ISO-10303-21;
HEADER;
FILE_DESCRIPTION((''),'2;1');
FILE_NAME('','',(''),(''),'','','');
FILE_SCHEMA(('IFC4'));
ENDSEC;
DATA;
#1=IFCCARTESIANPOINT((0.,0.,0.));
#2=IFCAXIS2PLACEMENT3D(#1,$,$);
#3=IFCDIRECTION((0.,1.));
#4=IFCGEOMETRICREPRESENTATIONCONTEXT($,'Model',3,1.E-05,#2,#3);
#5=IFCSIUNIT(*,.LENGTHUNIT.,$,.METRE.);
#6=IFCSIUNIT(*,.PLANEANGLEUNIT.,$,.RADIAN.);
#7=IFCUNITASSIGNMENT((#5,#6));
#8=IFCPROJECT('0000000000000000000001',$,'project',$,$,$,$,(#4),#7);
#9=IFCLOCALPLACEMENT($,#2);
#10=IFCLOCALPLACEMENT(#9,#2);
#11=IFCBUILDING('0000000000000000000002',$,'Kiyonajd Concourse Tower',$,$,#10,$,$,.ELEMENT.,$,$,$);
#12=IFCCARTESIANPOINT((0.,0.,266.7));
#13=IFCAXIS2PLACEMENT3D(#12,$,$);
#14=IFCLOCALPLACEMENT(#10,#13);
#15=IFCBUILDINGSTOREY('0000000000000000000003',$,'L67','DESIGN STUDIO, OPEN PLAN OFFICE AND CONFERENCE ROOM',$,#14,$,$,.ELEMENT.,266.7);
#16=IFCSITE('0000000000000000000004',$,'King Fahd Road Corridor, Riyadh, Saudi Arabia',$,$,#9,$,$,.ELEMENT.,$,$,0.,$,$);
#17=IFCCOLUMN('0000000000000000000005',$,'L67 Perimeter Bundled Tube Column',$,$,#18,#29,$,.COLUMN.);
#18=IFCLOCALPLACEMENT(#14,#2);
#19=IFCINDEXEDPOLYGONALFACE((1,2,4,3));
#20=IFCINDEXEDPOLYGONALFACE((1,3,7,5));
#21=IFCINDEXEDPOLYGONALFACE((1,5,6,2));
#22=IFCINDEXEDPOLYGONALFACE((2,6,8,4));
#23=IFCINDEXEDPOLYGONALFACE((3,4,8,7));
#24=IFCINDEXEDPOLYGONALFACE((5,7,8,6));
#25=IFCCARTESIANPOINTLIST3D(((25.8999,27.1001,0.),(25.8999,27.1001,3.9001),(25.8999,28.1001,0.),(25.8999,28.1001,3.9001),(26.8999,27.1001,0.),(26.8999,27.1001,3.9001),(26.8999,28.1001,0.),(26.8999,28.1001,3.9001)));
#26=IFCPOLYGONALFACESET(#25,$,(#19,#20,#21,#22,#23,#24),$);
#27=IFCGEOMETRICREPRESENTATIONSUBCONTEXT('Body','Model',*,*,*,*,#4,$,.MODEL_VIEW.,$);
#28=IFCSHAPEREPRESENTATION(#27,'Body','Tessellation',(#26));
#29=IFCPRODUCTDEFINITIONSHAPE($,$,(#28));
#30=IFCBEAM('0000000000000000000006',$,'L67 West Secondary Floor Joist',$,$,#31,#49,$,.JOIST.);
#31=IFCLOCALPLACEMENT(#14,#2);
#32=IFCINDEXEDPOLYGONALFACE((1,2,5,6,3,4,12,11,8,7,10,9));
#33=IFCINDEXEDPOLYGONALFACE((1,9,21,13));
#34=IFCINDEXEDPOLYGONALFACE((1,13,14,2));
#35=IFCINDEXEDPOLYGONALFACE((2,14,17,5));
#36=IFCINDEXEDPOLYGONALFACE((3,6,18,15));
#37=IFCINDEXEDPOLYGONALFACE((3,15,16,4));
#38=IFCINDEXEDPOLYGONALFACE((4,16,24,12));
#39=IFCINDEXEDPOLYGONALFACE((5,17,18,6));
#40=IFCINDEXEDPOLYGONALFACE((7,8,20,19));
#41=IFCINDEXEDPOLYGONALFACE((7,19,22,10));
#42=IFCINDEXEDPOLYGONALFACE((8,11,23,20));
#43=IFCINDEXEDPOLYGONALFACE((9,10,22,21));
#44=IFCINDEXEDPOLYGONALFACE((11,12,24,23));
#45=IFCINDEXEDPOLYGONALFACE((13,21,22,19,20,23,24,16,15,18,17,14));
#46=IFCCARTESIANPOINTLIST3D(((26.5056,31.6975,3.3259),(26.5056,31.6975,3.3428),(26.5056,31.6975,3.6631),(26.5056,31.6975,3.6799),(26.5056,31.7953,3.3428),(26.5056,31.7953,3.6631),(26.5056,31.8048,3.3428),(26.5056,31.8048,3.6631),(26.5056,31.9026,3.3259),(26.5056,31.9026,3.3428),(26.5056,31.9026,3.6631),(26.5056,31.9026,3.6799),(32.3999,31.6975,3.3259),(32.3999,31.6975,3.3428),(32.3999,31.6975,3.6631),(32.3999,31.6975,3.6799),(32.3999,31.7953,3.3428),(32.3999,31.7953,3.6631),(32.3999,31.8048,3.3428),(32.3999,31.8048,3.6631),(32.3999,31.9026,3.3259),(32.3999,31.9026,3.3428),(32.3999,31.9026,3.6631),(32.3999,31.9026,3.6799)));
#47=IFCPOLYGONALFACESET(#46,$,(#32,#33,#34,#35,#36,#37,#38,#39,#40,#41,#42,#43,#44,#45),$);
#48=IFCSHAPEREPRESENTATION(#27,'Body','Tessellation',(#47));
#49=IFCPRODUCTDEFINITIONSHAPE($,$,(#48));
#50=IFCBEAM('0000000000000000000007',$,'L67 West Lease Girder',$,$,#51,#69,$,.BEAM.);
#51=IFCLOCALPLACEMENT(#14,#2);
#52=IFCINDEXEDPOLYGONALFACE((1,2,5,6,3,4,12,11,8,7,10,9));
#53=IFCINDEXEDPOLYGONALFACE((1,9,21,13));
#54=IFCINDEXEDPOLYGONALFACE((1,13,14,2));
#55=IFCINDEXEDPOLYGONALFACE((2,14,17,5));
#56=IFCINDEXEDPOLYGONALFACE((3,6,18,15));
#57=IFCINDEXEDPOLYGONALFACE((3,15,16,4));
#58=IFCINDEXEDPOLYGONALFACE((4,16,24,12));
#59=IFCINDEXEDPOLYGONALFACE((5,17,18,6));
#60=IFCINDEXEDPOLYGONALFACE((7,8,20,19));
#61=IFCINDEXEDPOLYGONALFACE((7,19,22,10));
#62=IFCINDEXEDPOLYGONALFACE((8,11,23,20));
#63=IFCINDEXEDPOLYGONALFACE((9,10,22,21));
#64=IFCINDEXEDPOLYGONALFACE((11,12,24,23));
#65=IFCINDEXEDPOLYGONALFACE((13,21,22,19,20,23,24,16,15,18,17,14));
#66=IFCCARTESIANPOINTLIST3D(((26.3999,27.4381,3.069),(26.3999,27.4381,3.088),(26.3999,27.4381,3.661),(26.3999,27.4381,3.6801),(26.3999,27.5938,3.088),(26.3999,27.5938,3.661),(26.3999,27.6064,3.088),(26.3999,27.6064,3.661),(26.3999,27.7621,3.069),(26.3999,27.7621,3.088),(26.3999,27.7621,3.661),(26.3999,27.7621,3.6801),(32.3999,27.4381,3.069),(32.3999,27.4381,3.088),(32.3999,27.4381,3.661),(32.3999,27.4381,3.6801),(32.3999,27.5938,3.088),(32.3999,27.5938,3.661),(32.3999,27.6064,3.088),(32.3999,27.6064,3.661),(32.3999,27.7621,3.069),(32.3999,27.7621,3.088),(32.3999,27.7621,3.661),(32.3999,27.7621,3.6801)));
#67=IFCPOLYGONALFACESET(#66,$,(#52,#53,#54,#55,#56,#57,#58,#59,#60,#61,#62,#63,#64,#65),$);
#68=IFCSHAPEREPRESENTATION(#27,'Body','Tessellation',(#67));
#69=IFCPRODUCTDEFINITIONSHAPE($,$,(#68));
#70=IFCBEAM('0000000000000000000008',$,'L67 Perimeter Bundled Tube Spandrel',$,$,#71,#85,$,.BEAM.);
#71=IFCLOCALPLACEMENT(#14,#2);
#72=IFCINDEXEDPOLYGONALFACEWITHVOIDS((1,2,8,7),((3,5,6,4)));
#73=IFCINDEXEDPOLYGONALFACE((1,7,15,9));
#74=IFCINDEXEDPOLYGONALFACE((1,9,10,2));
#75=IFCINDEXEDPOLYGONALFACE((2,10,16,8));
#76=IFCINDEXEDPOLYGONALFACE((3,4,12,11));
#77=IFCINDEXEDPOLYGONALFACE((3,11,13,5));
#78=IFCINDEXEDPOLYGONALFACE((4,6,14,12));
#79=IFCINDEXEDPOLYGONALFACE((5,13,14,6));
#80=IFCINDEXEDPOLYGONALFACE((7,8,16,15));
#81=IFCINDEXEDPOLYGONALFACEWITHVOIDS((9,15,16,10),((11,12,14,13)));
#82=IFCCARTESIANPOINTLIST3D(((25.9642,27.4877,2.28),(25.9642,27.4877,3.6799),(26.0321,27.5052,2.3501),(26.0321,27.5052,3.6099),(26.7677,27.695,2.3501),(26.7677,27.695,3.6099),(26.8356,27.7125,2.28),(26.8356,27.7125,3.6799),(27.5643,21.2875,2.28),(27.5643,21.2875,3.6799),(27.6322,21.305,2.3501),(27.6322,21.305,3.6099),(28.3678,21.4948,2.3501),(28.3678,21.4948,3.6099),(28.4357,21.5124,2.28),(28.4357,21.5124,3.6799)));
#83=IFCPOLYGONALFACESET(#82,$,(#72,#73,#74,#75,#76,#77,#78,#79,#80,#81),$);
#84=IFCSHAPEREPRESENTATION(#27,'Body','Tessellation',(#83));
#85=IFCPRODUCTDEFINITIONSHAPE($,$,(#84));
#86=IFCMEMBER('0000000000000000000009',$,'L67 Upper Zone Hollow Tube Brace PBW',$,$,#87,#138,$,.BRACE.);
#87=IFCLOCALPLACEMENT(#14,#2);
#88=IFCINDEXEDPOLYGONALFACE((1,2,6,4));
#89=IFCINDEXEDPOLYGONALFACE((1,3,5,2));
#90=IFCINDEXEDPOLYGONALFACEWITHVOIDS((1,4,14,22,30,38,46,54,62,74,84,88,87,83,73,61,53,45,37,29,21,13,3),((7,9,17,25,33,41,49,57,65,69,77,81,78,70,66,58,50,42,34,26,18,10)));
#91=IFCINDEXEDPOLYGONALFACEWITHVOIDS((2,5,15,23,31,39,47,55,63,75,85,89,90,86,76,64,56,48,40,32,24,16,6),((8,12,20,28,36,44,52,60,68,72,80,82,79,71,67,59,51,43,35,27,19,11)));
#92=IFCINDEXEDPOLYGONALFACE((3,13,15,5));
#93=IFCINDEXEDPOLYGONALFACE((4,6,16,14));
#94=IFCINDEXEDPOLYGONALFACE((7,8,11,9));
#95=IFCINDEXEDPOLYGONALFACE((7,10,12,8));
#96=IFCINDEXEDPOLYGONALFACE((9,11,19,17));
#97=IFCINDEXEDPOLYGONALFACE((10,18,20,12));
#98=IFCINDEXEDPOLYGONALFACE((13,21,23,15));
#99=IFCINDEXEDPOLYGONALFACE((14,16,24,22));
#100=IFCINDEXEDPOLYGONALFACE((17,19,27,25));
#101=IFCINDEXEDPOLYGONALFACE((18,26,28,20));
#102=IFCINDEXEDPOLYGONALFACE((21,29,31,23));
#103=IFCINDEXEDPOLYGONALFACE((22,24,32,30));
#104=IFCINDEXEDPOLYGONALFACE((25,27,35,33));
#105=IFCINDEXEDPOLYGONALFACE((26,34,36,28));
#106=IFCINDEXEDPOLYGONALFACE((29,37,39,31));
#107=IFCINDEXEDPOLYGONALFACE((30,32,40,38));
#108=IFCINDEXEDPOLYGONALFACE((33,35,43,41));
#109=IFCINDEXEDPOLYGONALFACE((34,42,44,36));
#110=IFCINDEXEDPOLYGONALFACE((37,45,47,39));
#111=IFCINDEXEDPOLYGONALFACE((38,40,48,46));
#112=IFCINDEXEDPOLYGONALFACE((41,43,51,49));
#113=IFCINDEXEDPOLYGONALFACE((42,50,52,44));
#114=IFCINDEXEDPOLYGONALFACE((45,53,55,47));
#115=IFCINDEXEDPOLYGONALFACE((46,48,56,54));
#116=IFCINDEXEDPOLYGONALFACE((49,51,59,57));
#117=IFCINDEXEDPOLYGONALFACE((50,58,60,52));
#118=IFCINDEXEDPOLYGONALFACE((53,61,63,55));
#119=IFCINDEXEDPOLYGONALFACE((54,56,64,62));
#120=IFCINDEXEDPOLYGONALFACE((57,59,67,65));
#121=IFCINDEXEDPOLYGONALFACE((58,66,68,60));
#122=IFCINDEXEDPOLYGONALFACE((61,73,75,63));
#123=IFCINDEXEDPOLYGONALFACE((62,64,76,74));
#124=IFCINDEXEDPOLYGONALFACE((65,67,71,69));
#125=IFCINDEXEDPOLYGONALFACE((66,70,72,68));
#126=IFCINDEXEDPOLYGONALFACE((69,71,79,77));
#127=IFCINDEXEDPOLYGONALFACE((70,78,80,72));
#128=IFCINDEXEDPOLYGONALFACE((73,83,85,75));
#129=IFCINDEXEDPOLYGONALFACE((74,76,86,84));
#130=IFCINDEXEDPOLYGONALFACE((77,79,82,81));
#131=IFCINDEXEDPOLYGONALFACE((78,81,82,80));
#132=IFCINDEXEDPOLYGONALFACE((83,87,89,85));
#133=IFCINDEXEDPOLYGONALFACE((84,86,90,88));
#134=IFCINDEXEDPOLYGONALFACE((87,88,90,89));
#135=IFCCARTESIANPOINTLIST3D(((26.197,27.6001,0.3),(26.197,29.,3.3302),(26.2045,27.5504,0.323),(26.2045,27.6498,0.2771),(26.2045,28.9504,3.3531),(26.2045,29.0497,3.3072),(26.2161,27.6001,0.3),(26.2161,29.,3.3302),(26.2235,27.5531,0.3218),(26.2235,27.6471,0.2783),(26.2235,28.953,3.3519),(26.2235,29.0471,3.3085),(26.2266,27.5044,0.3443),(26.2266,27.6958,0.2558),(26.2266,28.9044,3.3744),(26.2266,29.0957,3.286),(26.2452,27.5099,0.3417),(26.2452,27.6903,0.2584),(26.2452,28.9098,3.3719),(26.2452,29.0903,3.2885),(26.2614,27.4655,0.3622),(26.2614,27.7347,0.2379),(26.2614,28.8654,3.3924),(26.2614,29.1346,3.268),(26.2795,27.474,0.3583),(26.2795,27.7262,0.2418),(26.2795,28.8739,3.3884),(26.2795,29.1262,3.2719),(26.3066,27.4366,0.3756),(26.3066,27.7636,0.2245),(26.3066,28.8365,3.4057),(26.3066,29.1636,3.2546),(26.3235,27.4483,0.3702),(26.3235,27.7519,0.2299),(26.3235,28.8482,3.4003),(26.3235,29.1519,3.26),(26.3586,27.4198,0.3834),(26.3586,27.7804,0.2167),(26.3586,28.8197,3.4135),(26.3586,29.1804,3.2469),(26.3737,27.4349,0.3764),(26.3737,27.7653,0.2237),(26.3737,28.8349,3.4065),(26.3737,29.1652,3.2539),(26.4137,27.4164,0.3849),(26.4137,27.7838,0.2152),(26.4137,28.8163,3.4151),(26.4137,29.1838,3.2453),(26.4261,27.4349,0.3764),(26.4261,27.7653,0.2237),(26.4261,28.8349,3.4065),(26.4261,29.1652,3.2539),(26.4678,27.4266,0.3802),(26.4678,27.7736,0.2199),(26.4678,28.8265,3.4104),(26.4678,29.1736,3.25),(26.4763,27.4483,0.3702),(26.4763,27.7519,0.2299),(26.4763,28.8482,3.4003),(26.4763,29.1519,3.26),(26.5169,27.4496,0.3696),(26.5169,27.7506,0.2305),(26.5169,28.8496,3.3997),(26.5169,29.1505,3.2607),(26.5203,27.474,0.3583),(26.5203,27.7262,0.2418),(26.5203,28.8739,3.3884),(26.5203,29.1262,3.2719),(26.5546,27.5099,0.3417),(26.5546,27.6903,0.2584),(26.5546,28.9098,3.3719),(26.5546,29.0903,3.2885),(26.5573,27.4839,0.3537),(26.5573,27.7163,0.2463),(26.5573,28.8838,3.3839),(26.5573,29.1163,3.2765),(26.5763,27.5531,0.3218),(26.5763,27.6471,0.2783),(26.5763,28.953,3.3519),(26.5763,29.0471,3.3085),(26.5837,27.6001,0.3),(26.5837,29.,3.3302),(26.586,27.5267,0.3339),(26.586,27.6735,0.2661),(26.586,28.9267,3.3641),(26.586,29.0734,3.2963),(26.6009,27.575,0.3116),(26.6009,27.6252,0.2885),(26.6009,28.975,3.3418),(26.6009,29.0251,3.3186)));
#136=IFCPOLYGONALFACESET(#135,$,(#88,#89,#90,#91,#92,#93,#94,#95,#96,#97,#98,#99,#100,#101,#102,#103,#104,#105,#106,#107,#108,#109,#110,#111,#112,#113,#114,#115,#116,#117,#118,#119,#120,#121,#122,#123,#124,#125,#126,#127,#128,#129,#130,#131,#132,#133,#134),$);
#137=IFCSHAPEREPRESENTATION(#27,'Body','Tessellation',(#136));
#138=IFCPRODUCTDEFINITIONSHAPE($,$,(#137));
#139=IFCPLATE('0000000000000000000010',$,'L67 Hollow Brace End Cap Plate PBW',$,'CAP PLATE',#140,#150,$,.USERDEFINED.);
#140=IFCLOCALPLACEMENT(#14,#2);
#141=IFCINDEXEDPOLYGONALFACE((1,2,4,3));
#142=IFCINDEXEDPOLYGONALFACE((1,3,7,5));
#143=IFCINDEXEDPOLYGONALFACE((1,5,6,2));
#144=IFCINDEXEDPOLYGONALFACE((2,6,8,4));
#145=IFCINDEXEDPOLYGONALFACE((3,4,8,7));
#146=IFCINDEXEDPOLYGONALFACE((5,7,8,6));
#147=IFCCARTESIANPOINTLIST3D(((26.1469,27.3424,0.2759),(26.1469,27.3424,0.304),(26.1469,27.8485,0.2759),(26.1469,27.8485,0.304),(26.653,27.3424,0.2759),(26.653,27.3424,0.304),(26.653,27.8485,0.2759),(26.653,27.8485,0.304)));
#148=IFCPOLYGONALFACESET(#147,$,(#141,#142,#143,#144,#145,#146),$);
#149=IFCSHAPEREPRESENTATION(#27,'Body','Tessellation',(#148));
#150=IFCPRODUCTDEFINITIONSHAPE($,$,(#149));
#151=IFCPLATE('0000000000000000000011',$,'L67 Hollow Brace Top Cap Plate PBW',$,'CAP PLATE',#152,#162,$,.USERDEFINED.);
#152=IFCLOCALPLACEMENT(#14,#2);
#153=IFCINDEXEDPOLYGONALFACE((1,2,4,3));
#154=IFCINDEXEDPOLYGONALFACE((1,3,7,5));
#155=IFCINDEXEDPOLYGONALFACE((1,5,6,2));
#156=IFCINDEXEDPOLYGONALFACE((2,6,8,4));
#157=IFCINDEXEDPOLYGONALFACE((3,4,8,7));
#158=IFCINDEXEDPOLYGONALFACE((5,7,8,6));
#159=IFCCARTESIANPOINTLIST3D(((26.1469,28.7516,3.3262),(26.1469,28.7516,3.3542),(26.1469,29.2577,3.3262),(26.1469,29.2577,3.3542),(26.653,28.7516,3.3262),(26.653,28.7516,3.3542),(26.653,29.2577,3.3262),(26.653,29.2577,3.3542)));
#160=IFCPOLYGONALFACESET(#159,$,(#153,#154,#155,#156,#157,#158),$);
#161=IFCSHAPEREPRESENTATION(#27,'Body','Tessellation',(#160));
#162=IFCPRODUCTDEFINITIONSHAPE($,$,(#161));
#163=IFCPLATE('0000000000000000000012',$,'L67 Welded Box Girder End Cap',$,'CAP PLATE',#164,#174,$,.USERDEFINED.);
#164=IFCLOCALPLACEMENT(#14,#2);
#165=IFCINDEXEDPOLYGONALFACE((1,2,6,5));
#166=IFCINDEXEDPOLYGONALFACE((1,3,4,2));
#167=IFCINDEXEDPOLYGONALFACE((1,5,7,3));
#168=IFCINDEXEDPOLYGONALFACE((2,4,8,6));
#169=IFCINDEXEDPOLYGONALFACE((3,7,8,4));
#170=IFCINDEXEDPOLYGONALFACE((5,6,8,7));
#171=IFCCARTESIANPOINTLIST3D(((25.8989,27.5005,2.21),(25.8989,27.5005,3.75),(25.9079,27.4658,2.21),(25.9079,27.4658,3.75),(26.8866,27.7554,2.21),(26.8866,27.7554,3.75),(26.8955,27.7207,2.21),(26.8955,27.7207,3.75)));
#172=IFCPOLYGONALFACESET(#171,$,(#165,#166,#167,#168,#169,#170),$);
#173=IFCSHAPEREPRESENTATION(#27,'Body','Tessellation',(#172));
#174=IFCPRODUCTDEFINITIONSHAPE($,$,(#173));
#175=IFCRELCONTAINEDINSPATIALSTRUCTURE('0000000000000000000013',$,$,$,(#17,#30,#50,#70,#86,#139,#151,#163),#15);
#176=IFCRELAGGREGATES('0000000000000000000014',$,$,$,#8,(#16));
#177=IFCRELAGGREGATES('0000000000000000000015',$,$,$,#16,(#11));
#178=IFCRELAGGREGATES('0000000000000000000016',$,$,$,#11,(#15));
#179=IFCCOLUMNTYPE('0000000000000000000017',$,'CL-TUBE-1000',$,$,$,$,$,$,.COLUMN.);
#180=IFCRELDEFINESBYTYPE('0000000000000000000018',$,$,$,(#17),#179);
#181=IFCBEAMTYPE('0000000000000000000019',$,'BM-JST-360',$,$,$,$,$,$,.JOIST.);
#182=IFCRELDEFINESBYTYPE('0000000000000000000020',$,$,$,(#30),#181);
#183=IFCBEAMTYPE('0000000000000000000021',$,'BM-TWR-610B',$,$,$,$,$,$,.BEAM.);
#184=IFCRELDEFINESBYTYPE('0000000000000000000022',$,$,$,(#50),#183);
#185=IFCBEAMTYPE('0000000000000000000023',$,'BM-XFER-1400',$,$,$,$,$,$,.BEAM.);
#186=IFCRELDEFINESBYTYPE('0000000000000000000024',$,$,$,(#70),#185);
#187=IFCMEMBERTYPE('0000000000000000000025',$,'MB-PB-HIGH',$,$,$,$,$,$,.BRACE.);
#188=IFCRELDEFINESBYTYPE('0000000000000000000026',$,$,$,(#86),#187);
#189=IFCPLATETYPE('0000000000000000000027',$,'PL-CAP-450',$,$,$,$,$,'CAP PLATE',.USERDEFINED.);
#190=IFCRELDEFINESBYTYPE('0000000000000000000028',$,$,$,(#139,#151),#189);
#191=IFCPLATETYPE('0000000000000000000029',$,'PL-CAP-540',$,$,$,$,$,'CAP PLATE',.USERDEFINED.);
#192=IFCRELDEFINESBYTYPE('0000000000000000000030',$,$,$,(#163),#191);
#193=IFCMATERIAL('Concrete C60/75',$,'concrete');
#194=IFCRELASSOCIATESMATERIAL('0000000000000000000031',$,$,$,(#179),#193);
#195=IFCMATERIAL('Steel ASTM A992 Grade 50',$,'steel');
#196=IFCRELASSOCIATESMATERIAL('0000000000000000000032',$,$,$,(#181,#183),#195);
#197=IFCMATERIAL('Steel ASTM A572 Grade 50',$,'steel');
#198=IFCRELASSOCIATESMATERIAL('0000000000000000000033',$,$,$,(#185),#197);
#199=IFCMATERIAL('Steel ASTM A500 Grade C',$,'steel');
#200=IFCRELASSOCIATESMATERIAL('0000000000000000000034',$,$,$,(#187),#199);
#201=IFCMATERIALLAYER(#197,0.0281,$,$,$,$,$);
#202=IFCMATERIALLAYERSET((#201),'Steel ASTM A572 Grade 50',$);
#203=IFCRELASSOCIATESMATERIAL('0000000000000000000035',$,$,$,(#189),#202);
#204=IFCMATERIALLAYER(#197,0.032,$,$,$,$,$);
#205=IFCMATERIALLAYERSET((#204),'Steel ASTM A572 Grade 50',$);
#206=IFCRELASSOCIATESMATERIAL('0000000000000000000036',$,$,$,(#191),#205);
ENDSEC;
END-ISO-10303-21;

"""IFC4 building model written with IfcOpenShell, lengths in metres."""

from ifc_helpers import new_model, si_unit, direction, frame, origin, origin_2d, place, context, subcontext, project, spatial, rectangle, hollow_rectangle, hollow_circle, i_section, extrude, material, layer, layer_set, material_profile, profile_set, type_object, element, save


model = new_model("IFC4")

# Units and contexts
model_context = context("Model", 3, precision=1e-05, world=origin(), true_north=direction((0.0, 1.0)))
body_context = subcontext(model_context, "Body", "Model", "MODEL_VIEW")
ifc_project = project(units=[si_unit("LENGTHUNIT", "METRE"), si_unit("PLANEANGLEUNIT", "RADIAN")], contexts=[model_context])

# Site, building, storey
site_placement = place(None, origin())
site = spatial("IfcSite", under=ifc_project, at=site_placement, Name="King Fahd Road Corridor, Riyadh, Saudi Arabia", CompositionType="ELEMENT", RefElevation=0.0)
building_placement = place(site_placement, origin())
building = spatial("IfcBuilding", under=site, at=building_placement, Name="Kiyonajd Concourse Tower", CompositionType="ELEMENT")
storey_placement = place(building_placement, frame((0.0, 0.0, 266.7)))
storey = spatial("IfcBuildingStorey", under=building, at=storey_placement, Name="L67", Description="DESIGN STUDIO, OPEN PLAN OFFICE AND CONFERENCE ROOM", CompositionType="ELEMENT", Elevation=266.7)

# Column
ifc_material_1 = material(Name="Concrete C60/75", Category="concrete")
ifc_material_profile_1 = material_profile(ifc_material_1, rectangle(XDim=1.0, YDim=1.0, at=origin_2d()), Name="RC-1000x1000")
ifc_profile_set_1 = profile_set([ifc_material_profile_1], Name="Concrete C60/75")
column_type = type_object("IfcColumnType", Name="CL-TUBE-1000", PredefinedType="COLUMN", material=ifc_profile_set_1)
column_placement = place(storey_placement, frame((26.3999, 27.6001, 0.0), z_axis=(0.0, 0.0, 1.0), x_axis=(1.0, 0.0, 0.0)))
element("IfcColumn", 1, at=column_placement, inside=storey, type_object=column_type, Name="L67 Perimeter Bundled Tube Column", PredefinedType="COLUMN", context=body_context, shape_type="SweptSolid", body=[
    extrude(rectangle(XDim=1.0, YDim=1.0, at=origin_2d()), origin(), (0.0, 0.0, 1.0), 3.9001),
])

# Beams
ifc_material_2 = material(Name="Steel ASTM A992 Grade 50", Category="steel")
ifc_material_profile_2 = material_profile(ifc_material_2, i_section(OverallWidth=0.2051, OverallDepth=0.354, WebThickness=0.0095, FlangeThickness=0.0168, at=origin_2d()), Name="W360X79")
ifc_profile_set_2 = profile_set([ifc_material_profile_2], Name="Steel ASTM A992 Grade 50")
beam_type_1 = type_object("IfcBeamType", Name="BM-JST-360", PredefinedType="JOIST", material=ifc_profile_set_2)
beam_1_placement = place(storey_placement, frame((26.5056, 31.8, 3.5029), z_axis=(1.0, 0.0, 0.0), x_axis=(0.0, 1.0, 0.0)))
element("IfcBeam", 2, at=beam_1_placement, inside=storey, type_object=beam_type_1, Name="L67 West Secondary Floor Joist", PredefinedType="JOIST", context=body_context, shape_type="SweptSolid", body=[
    extrude(i_section(OverallWidth=0.2051, OverallDepth=0.354, WebThickness=0.0095, FlangeThickness=0.0168, at=origin_2d()), origin(), (0.0, 0.0, 1.0), 5.8943),
])
ifc_material_profile_3 = material_profile(ifc_material_2, i_section(OverallWidth=0.324, OverallDepth=0.6111, WebThickness=0.0127, FlangeThickness=0.019, at=origin_2d()), Name="W610X155")
ifc_profile_set_3 = profile_set([ifc_material_profile_3], Name="Steel ASTM A992 Grade 50")
beam_type_2 = type_object("IfcBeamType", Name="BM-TWR-610B", PredefinedType="BEAM", material=ifc_profile_set_3)
beam_2_placement = place(storey_placement, frame((26.3999, 27.6001, 3.3745), z_axis=(1.0, 0.0, 0.0), x_axis=(0.0, 1.0, 0.0)))
element("IfcBeam", 3, at=beam_2_placement, inside=storey, type_object=beam_type_2, Name="L67 West Lease Girder", PredefinedType="BEAM", context=body_context, shape_type="SweptSolid", body=[
    extrude(i_section(OverallWidth=0.324, OverallDepth=0.6111, WebThickness=0.0127, FlangeThickness=0.019, at=origin_2d()), origin(), (0.0, 0.0, 1.0), 6.0),
])
ifc_material_3 = material(Name="Steel ASTM A572 Grade 50", Category="steel")
ifc_material_profile_4 = material_profile(ifc_material_3, hollow_rectangle(XDim=0.8999, YDim=1.3999, WallThickness=0.0701, at=origin_2d()), Name="BOX-1400x900x70")
ifc_profile_set_4 = profile_set([ifc_material_profile_4], Name="Steel ASTM A572 Grade 50")
beam_type_3 = type_object("IfcBeamType", Name="BM-XFER-1400", PredefinedType="BEAM", material=ifc_profile_set_4)
beam_3_placement = place(storey_placement, frame((26.3999, 27.6001, 2.98), z_axis=(0.249885, -0.968276, 0.0), x_axis=(0.968276, 0.249885, 0.0)))
element("IfcBeam", 4, at=beam_3_placement, inside=storey, type_object=beam_type_3, Name="L67 Perimeter Bundled Tube Spandrel", PredefinedType="BEAM", context=body_context, shape_type="SweptSolid", body=[
    extrude(hollow_rectangle(XDim=0.8999, YDim=1.3999, WallThickness=0.0701, at=origin_2d()), origin(), (0.0, 0.0, 1.0), 6.4033),
])

# Member
ifc_material_4 = material(Name="Steel ASTM A500 Grade C", Category="steel")
ifc_material_profile_5 = material_profile(ifc_material_4, hollow_circle(Radius=0.2029, WallThickness=0.019, at=origin_2d()), Name="CHS-406x19")
ifc_profile_set_5 = profile_set([ifc_material_profile_5], Name="Steel ASTM A500 Grade C")
member_type = type_object("IfcMemberType", Name="MB-PB-HIGH", PredefinedType="BRACE", material=ifc_profile_set_5)
member_placement = place(storey_placement, frame((26.3999, 27.6001, 0.3), z_axis=(0.0, 0.419411, 0.907797), x_axis=(-1.0, 0.0, 0.0)))
element("IfcMember", 5, at=member_placement, inside=storey, type_object=member_type, Name="L67 Upper Zone Hollow Tube Brace PBW", PredefinedType="BRACE", context=body_context, shape_type="SweptSolid", body=[
    extrude(hollow_circle(Radius=0.2029, WallThickness=0.019, at=origin_2d()), origin(), (0.0, 0.0, 1.0), 3.3379),
])

# Plates
ifc_layer_1 = layer(ifc_material_3, 0.0281)
ifc_layer_set_1 = layer_set([ifc_layer_1], Name="Steel ASTM A572 Grade 50")
plate_type_1 = type_object("IfcPlateType", Name="PL-CAP-450", ElementType="CAP PLATE", PredefinedType="USERDEFINED", material=ifc_layer_set_1)
for number, where, z_axis, x_axis, name in (
    (6, (26.3999, 27.5955, 0.2759), (0.0, 0.0, 1.0), (1.0, 0.0, 0.0), "L67 Hollow Brace End Cap Plate PBW"),
    (7, (26.3999, 29.0046, 3.3262), (0.0, 0.0, 1.0), (1.0, 0.0, 0.0), "L67 Hollow Brace Top Cap Plate PBW"),
):
    element("IfcPlate", number, at=place(storey_placement, frame(where, z_axis=z_axis, x_axis=x_axis)), inside=storey, type_object=plate_type_1, Name=name, ObjectType="CAP PLATE", PredefinedType="USERDEFINED", context=body_context, shape_type="SweptSolid", body=[
        extrude(rectangle(XDim=0.5061, YDim=0.5061, at=origin_2d()), origin(), (0.0, 0.0, 1.0), 0.0281),
    ])
ifc_layer_2 = layer(ifc_material_3, 0.032)
ifc_layer_set_2 = layer_set([ifc_layer_2], Name="Steel ASTM A572 Grade 50")
plate_type_2 = type_object("IfcPlateType", Name="PL-CAP-540", ElementType="CAP PLATE", PredefinedType="USERDEFINED", material=ifc_layer_set_2)
plate_placement = place(storey_placement, frame((26.3972, 27.6106, 2.21), z_axis=(0.0, 0.0, 1.0), x_axis=(-0.249873, 0.968279, 0.0)))
element("IfcPlate", 8, at=plate_placement, inside=storey, type_object=plate_type_2, Name="L67 Welded Box Girder End Cap", ObjectType="CAP PLATE", PredefinedType="USERDEFINED", context=body_context, shape_type="SweptSolid", body=[
    extrude(rectangle(XDim=0.0359, YDim=1.02, at=origin_2d()), origin(), (0.0, 0.0, 1.0), 1.54),
])

save(model, "model.ifc")
